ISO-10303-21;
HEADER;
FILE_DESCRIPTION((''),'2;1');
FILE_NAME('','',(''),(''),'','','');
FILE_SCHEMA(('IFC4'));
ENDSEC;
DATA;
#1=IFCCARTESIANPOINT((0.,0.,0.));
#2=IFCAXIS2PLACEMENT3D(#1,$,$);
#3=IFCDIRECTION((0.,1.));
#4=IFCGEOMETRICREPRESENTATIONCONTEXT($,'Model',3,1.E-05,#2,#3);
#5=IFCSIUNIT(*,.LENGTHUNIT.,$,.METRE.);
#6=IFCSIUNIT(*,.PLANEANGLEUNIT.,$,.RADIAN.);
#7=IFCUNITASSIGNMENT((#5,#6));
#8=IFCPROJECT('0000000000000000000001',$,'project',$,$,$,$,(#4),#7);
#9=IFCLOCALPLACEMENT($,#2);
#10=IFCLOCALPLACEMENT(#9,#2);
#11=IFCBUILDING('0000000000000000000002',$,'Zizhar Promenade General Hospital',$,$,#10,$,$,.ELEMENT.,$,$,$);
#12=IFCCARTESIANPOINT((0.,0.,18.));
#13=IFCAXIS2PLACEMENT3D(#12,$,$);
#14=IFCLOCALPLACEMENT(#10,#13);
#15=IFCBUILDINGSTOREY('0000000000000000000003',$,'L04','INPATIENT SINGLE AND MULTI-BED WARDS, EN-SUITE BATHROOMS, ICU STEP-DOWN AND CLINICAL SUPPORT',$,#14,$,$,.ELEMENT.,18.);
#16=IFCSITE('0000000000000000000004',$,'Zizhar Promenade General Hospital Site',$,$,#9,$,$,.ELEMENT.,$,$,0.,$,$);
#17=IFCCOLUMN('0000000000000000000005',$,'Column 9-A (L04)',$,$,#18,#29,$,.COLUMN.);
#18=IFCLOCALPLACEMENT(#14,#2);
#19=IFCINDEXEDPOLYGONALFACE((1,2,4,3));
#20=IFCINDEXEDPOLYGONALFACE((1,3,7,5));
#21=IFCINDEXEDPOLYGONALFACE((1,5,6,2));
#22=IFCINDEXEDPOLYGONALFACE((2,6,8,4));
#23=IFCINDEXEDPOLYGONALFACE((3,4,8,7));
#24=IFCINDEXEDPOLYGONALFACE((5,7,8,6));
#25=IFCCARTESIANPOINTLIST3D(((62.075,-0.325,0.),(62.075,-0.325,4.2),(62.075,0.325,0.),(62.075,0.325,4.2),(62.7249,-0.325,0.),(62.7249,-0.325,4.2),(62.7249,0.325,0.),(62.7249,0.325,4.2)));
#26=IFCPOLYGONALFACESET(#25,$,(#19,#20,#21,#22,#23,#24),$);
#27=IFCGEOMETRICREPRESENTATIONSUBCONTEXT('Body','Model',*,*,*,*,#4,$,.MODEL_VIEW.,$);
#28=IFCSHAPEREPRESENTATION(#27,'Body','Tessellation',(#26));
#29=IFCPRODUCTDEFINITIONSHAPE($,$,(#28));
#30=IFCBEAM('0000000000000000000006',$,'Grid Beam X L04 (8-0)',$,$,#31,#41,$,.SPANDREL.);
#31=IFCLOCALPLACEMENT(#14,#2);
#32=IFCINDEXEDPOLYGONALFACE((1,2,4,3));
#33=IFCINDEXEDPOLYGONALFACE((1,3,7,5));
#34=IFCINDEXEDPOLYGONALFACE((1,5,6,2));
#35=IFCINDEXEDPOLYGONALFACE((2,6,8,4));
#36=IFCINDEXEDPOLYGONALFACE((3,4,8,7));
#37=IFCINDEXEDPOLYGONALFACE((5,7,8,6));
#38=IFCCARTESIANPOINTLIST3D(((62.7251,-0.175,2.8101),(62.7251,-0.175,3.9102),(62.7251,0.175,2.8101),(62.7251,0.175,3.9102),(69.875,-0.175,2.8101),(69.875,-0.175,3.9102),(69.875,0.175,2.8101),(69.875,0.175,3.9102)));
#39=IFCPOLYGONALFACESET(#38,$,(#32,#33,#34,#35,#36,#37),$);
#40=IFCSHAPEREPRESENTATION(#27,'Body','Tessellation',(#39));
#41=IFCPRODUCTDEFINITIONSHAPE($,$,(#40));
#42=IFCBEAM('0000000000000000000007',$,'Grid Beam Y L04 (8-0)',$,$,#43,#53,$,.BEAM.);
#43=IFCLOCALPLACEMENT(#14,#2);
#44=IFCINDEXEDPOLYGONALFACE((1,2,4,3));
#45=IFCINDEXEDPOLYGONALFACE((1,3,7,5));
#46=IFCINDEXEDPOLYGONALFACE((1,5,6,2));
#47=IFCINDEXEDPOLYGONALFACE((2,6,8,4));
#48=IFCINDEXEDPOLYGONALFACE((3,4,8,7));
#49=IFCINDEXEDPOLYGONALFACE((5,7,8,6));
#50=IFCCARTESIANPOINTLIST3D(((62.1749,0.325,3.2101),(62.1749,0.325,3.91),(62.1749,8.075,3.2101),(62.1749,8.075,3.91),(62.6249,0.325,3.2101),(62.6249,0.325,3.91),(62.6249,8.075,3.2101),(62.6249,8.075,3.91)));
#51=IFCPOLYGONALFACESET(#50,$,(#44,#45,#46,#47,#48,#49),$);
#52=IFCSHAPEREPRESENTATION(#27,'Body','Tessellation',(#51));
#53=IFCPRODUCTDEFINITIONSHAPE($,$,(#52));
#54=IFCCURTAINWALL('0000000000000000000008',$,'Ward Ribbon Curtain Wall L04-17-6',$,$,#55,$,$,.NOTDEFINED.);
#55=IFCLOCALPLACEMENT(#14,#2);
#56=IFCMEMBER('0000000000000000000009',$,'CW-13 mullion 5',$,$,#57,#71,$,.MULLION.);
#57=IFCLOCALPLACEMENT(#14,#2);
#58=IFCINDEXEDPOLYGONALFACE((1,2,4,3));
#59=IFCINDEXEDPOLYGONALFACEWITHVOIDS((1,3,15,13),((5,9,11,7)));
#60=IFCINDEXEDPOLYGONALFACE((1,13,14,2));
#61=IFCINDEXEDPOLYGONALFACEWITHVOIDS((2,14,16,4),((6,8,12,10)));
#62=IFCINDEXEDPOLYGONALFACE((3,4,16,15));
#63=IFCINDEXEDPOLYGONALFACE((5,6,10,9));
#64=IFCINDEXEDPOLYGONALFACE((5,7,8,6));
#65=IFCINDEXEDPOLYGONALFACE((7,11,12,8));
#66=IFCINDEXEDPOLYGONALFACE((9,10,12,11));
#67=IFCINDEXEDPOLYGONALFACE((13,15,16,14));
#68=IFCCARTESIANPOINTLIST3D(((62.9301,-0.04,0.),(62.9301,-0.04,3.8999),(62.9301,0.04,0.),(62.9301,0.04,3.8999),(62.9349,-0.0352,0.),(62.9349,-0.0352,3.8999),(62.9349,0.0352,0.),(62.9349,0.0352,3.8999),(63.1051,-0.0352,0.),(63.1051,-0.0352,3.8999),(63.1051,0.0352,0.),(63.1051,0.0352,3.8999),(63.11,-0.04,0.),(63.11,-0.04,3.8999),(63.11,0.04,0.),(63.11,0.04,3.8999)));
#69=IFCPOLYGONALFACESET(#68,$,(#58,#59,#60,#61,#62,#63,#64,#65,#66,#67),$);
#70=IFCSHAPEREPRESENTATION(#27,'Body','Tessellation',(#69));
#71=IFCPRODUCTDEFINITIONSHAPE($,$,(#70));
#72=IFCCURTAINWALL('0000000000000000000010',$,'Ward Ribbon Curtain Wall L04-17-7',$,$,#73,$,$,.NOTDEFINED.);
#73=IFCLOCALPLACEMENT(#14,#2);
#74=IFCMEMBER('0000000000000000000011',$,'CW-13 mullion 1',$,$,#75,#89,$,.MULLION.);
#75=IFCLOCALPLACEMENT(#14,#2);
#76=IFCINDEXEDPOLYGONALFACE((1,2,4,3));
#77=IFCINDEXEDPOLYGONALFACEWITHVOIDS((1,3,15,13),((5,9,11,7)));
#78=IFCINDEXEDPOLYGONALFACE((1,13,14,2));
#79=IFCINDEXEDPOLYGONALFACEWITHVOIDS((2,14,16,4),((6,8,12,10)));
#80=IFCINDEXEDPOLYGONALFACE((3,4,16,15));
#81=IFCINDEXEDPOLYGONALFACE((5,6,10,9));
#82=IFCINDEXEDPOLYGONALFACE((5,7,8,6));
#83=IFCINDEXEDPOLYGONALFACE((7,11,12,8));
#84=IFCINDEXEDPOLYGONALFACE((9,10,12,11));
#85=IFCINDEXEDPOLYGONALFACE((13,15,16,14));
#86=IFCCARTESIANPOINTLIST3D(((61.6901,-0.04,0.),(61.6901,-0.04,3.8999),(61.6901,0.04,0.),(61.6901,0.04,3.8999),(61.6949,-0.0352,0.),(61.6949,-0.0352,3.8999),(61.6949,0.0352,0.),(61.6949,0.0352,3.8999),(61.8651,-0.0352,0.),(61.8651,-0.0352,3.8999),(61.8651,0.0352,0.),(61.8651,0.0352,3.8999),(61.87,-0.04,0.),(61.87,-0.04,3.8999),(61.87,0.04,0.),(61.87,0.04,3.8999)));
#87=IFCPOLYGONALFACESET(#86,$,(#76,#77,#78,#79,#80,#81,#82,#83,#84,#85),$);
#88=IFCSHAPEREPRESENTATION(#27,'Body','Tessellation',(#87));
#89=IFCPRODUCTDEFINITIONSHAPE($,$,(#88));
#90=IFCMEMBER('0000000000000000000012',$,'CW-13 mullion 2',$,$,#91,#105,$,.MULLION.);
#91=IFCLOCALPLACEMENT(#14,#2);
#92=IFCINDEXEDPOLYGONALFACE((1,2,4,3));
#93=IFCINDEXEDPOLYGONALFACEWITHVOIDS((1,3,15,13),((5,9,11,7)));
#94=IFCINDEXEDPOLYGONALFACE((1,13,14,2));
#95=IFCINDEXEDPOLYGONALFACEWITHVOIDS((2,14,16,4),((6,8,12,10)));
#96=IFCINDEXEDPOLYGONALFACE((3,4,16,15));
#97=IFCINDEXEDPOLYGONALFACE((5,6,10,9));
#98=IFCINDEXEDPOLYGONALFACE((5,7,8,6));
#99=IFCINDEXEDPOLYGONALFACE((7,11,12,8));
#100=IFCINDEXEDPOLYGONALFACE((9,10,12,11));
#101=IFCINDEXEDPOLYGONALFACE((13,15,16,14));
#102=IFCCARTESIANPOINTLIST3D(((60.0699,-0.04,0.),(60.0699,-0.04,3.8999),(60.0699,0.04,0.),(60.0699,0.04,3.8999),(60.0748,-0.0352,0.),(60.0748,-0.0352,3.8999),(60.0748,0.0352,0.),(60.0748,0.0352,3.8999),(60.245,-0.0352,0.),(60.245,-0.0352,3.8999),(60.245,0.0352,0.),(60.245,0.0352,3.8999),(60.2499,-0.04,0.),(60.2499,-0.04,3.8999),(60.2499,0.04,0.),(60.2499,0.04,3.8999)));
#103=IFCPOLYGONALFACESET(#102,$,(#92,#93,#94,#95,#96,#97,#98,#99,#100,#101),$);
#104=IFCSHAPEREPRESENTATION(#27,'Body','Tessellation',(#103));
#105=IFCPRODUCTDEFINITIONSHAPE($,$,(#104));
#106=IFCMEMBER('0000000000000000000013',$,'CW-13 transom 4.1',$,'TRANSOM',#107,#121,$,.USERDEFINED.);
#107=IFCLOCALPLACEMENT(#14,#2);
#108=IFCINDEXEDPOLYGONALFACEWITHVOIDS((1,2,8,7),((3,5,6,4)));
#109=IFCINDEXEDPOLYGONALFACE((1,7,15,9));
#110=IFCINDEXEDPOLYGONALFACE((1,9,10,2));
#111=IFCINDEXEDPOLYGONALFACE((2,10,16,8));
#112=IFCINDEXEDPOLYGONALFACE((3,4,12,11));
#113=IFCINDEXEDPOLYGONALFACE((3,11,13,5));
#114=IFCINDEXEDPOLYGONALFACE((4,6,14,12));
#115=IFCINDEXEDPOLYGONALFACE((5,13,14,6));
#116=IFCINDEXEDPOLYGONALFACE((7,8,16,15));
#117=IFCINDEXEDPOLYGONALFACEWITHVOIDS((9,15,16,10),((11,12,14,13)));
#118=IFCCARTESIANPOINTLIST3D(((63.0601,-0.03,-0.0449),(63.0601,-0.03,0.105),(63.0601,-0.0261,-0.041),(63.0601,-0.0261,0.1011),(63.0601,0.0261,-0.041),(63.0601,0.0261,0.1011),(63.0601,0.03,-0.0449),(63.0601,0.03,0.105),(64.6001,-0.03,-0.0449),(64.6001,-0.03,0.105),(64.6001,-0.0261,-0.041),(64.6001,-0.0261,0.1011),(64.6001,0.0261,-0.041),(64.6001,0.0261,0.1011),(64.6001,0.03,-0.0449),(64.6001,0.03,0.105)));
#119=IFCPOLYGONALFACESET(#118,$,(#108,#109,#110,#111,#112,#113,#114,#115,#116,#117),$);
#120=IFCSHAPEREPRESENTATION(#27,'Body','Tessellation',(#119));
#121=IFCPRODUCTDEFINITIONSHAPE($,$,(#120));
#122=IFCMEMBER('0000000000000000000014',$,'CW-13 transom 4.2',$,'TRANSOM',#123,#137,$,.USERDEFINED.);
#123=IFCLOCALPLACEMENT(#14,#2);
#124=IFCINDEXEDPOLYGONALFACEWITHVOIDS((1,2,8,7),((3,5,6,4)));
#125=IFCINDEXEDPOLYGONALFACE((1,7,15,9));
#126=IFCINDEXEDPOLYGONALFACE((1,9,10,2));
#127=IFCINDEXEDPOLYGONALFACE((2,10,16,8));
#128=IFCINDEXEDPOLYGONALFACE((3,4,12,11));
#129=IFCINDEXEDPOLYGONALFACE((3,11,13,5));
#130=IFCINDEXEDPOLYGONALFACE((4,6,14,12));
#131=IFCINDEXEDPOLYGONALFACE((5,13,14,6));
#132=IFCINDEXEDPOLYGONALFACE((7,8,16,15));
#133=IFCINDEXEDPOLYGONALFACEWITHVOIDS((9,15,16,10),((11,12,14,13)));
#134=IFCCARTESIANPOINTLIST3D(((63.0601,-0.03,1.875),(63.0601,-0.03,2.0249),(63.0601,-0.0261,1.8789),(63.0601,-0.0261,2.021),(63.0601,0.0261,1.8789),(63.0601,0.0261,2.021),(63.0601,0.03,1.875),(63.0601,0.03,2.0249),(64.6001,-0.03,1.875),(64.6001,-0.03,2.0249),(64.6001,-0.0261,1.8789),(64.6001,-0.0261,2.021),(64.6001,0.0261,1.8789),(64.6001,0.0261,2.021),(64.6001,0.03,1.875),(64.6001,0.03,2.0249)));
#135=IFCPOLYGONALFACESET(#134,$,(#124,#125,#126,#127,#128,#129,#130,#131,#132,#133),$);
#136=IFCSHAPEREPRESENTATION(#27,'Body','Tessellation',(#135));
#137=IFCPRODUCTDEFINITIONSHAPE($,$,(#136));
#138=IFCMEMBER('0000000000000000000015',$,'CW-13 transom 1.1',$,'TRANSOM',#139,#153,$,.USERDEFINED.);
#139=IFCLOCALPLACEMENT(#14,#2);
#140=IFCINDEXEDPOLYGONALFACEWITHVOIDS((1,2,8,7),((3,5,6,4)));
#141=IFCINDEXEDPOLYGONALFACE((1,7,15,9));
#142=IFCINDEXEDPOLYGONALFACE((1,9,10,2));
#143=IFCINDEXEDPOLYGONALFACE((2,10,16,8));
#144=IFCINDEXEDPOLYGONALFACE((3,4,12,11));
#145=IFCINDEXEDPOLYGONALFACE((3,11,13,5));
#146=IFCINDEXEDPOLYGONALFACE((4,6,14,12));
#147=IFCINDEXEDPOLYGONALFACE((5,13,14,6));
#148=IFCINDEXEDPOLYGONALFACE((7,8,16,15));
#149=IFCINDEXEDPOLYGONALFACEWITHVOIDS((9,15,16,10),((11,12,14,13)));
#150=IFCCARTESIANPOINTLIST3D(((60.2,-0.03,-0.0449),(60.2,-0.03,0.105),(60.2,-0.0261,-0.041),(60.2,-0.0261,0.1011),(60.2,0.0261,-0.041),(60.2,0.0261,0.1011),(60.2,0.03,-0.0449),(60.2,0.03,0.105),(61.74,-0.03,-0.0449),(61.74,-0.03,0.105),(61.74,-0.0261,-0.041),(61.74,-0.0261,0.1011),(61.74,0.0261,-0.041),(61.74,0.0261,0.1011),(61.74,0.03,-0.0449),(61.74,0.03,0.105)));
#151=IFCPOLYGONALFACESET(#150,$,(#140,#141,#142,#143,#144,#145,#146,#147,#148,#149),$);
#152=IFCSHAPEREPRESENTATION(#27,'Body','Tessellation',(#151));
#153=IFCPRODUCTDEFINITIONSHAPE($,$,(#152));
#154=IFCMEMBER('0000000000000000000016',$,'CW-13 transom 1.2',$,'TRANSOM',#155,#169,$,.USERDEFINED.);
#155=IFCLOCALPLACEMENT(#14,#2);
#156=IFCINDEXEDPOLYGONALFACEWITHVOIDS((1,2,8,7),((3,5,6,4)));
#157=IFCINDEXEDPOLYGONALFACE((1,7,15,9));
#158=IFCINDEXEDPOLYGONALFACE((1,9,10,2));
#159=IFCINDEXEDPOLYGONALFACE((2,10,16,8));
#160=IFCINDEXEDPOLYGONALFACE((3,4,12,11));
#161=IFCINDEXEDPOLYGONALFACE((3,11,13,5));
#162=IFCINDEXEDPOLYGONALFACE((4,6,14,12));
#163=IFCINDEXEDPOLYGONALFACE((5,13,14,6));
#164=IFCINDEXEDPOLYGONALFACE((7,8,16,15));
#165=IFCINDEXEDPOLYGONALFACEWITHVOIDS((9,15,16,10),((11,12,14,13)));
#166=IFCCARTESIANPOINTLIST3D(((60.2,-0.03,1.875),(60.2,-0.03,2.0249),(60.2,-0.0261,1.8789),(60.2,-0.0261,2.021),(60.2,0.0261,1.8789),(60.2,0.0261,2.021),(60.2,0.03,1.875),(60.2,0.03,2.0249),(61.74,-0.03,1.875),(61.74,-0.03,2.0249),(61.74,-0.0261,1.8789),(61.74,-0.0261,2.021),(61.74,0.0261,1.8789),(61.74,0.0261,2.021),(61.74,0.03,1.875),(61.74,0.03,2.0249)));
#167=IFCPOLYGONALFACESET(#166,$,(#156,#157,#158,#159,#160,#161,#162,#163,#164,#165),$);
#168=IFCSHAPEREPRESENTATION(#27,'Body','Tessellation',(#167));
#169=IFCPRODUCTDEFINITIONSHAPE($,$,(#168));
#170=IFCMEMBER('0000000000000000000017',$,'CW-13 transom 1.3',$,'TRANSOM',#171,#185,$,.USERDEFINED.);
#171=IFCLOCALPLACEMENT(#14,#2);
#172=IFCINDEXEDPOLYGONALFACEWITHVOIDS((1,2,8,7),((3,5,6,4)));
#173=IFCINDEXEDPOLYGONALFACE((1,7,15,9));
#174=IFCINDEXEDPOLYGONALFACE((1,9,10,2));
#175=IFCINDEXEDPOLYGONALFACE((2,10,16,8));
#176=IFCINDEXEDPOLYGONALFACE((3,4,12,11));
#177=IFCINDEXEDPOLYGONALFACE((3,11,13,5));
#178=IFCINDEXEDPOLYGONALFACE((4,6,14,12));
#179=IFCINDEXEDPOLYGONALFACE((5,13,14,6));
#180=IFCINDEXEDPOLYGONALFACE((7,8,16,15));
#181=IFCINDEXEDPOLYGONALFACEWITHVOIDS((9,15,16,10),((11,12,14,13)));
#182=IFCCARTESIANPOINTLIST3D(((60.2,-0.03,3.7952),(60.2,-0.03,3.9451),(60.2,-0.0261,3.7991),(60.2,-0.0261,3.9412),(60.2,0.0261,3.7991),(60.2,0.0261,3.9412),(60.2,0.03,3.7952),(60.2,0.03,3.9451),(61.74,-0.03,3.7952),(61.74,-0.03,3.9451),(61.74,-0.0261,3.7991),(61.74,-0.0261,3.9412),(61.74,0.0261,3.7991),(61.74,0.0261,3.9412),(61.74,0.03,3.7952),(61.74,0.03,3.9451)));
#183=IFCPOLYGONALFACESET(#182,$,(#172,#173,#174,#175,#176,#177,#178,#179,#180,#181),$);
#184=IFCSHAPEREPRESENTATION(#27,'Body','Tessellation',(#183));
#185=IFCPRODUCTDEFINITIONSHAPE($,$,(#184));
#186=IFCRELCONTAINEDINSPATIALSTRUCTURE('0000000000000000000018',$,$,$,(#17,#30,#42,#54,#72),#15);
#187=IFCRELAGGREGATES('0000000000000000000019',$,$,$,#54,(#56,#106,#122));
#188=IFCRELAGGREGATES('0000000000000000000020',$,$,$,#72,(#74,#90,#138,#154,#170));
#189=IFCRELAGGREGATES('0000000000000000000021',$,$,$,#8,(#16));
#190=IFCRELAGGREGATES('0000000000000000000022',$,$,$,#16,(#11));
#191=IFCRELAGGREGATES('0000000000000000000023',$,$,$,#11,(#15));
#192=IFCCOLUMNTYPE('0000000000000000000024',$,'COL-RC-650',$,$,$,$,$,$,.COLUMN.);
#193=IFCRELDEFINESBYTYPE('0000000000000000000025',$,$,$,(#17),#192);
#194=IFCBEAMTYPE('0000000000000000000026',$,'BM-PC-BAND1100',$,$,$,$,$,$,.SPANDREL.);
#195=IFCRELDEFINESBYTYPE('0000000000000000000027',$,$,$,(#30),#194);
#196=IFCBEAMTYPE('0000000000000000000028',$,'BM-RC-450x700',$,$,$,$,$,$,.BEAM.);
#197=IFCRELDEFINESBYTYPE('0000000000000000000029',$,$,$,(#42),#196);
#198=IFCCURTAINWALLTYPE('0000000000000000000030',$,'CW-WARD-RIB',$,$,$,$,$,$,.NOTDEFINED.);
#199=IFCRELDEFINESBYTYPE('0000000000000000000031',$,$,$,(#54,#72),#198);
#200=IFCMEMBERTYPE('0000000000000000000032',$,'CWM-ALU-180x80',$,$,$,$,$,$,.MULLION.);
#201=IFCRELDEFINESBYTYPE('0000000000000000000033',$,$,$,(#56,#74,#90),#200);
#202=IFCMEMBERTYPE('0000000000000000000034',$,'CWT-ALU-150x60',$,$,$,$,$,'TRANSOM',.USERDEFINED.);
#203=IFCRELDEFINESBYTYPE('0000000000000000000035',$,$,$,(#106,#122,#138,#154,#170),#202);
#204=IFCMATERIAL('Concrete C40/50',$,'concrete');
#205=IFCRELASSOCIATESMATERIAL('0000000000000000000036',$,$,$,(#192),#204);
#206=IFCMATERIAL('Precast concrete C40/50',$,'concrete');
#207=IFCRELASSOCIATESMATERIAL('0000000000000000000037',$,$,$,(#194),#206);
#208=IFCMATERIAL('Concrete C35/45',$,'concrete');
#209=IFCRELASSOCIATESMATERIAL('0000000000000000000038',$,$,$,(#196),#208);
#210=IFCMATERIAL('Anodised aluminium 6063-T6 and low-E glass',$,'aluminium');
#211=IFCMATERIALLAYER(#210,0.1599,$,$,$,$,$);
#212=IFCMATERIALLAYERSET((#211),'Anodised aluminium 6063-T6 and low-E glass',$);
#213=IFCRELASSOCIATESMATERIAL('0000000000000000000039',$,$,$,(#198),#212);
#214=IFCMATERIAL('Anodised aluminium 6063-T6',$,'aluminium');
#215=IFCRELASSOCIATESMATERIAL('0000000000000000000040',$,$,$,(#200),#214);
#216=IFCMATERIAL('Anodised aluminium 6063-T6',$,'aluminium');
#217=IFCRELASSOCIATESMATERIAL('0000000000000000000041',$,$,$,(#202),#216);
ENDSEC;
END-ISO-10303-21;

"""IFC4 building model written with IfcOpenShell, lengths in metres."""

from ifc_helpers import new_model, si_unit, direction, frame, origin, origin_2d, place, context, subcontext, project, spatial, rectangle, hollow_rectangle, extrude, material, layer, layer_set, material_profile, profile_set, type_object, element, aggregate, save


model = new_model("IFC4")

# Units and contexts
model_context = context("Model", 3, precision=1e-05, world=origin(), true_north=direction((0.0, 1.0)))
body_context = subcontext(model_context, "Body", "Model", "MODEL_VIEW")
ifc_project = project(units=[si_unit("LENGTHUNIT", "METRE"), si_unit("PLANEANGLEUNIT", "RADIAN")], contexts=[model_context])

# Site, building, storey
site_placement = place(None, origin())
site = spatial("IfcSite", under=ifc_project, at=site_placement, Name="Zizhar Promenade General Hospital Site", CompositionType="ELEMENT", RefElevation=0.0)
building_placement = place(site_placement, origin())
building = spatial("IfcBuilding", under=site, at=building_placement, Name="Zizhar Promenade General Hospital", CompositionType="ELEMENT")
storey_placement = place(building_placement, frame((0.0, 0.0, 18.0)))
storey = spatial("IfcBuildingStorey", under=building, at=storey_placement, Name="L04", Description="INPATIENT SINGLE AND MULTI-BED WARDS, EN-SUITE BATHROOMS, ICU STEP-DOWN AND CLINICAL SUPPORT", CompositionType="ELEMENT", Elevation=18.0)

# Column
ifc_material_1 = material(Name="Concrete C40/50", Category="concrete")
ifc_material_profile_1 = material_profile(ifc_material_1, rectangle(XDim=0.6499, YDim=0.6499, at=origin_2d()))
ifc_profile_set_1 = profile_set([ifc_material_profile_1], Name="Concrete C40/50")
column_type = type_object("IfcColumnType", Name="COL-RC-650", PredefinedType="COLUMN", material=ifc_profile_set_1)
column_placement = place(storey_placement, frame((62.3999, 0.0, 0.0), z_axis=(0.0, 0.0, 1.0), x_axis=(1.0, 0.0, 0.0)))
element("IfcColumn", 1, at=column_placement, inside=storey, type_object=column_type, Name="Column 9-A (L04)", PredefinedType="COLUMN", context=body_context, shape_type="SweptSolid", body=[
    extrude(rectangle(XDim=0.6499, YDim=0.6499, at=origin_2d()), origin(), (0.0, 0.0, 1.0), 4.2),
])

# Beams
ifc_material_2 = material(Name="Precast concrete C40/50", Category="concrete")
ifc_material_profile_2 = material_profile(ifc_material_2, rectangle(XDim=0.3501, YDim=1.1001, at=origin_2d()))
ifc_profile_set_2 = profile_set([ifc_material_profile_2], Name="Precast concrete C40/50")
beam_type_1 = type_object("IfcBeamType", Name="BM-PC-BAND1100", PredefinedType="SPANDREL", material=ifc_profile_set_2)
beam_1_placement = place(storey_placement, frame((62.7251, 0.0, 3.3601), z_axis=(1.0, 0.0, 0.0), x_axis=(0.0, 1.0, 0.0)))
element("IfcBeam", 2, at=beam_1_placement, inside=storey, type_object=beam_type_1, Name="Grid Beam X L04 (8-0)", PredefinedType="SPANDREL", context=body_context, shape_type="SweptSolid", body=[
    extrude(rectangle(XDim=0.3501, YDim=1.1001, at=origin_2d()), origin(), (0.0, 0.0, 1.0), 7.1499),
])
ifc_material_3 = material(Name="Concrete C35/45", Category="concrete")
ifc_material_profile_3 = material_profile(ifc_material_3, rectangle(XDim=0.45, YDim=0.7, at=origin_2d()))
ifc_profile_set_3 = profile_set([ifc_material_profile_3], Name="Concrete C35/45")
beam_type_2 = type_object("IfcBeamType", Name="BM-RC-450x700", PredefinedType="BEAM", material=ifc_profile_set_3)
beam_2_placement = place(storey_placement, frame((62.3999, 0.325, 3.5601), z_axis=(0.0, 1.0, 0.0), x_axis=(-1.0, 0.0, 0.0)))
element("IfcBeam", 3, at=beam_2_placement, inside=storey, type_object=beam_type_2, Name="Grid Beam Y L04 (8-0)", PredefinedType="BEAM", context=body_context, shape_type="SweptSolid", body=[
    extrude(rectangle(XDim=0.45, YDim=0.7, at=origin_2d()), origin(), (0.0, 0.0, 1.0), 7.75),
])

# Curtain wall, member
ifc_material_4 = material(Name="Anodised aluminium 6063-T6 and low-E glass", Category="aluminium")
ifc_layer_1 = layer(ifc_material_4, 0.1599)
ifc_layer_set_1 = layer_set([ifc_layer_1], Name="Anodised aluminium 6063-T6 and low-E glass")
curtain_wall_type = type_object("IfcCurtainWallType", Name="CW-WARD-RIB", PredefinedType="NOTDEFINED", material=ifc_layer_set_1)
curtain_wall_1_placement = place(storey_placement, origin())
curtain_wall_1 = element("IfcCurtainWall", 4, at=curtain_wall_1_placement, inside=storey, type_object=curtain_wall_type, Name="Ward Ribbon Curtain Wall L04-17-6", PredefinedType="NOTDEFINED")
ifc_material_5 = material(Name="Anodised aluminium 6063-T6", Category="aluminium")
ifc_material_profile_4 = material_profile(ifc_material_5, hollow_rectangle(XDim=0.0801, YDim=0.1799, WallThickness=0.0049, at=origin_2d()))
ifc_profile_set_4 = profile_set([ifc_material_profile_4], Name="Anodised aluminium 6063-T6")
member_type_1 = type_object("IfcMemberType", Name="CWM-ALU-180x80", PredefinedType="MULLION", material=ifc_profile_set_4)
member_1_placement = place(storey_placement, frame((63.02, 0.0, 0.0), z_axis=(0.0, 0.0, 1.0), x_axis=(0.0, -1.0, 0.0)))
member_1 = element("IfcMember", 5, at=member_1_placement, type_object=member_type_1, Name="CW-13 mullion 5", PredefinedType="MULLION", context=body_context, shape_type="SweptSolid", body=[
    extrude(hollow_rectangle(XDim=0.0801, YDim=0.1799, WallThickness=0.0049, at=origin_2d()), origin(), (0.0, 0.0, 1.0), 3.8999),
])

# Curtain wall, members
curtain_wall_2_placement = place(storey_placement, origin())
curtain_wall_2 = element("IfcCurtainWall", 6, at=curtain_wall_2_placement, inside=storey, type_object=curtain_wall_type, Name="Ward Ribbon Curtain Wall L04-17-7", PredefinedType="NOTDEFINED")
member_2_placement = place(storey_placement, frame((61.78, 0.0, 0.0), z_axis=(0.0, 0.0, 1.0), x_axis=(0.0, -1.0, 0.0)))
member_2 = element("IfcMember", 7, at=member_2_placement, type_object=member_type_1, Name="CW-13 mullion 1", PredefinedType="MULLION", context=body_context, shape_type="SweptSolid", body=[
    extrude(hollow_rectangle(XDim=0.0801, YDim=0.1799, WallThickness=0.0049, at=origin_2d()), origin(), (0.0, 0.0, 1.0), 3.8999),
])
member_3_placement = place(storey_placement, frame((60.1599, 0.0, 0.0), z_axis=(0.0, 0.0, 1.0), x_axis=(0.0, -1.0, 0.0)))
member_3 = element("IfcMember", 8, at=member_3_placement, type_object=member_type_1, Name="CW-13 mullion 2", PredefinedType="MULLION", context=body_context, shape_type="SweptSolid", body=[
    extrude(hollow_rectangle(XDim=0.0801, YDim=0.1799, WallThickness=0.0049, at=origin_2d()), origin(), (0.0, 0.0, 1.0), 3.8999),
])

# Members
ifc_material_6 = material(Name="Anodised aluminium 6063-T6", Category="aluminium")
ifc_material_profile_5 = material_profile(ifc_material_6, hollow_rectangle(XDim=0.0601, YDim=0.1499, WallThickness=0.0039, at=origin_2d()))
ifc_profile_set_5 = profile_set([ifc_material_profile_5], Name="Anodised aluminium 6063-T6")
member_type_2 = type_object("IfcMemberType", Name="CWT-ALU-150x60", ElementType="TRANSOM", PredefinedType="USERDEFINED", material=ifc_profile_set_5)
member_4_placement = place(storey_placement, frame((64.6001, 0.0, 0.03), z_axis=(-1.0, 0.0, 0.0), x_axis=(0.0, -1.0, 0.0)))
member_4 = element("IfcMember", 9, at=member_4_placement, type_object=member_type_2, Name="CW-13 transom 4.1", ObjectType="TRANSOM", PredefinedType="USERDEFINED", context=body_context, shape_type="SweptSolid", body=[
    extrude(hollow_rectangle(XDim=0.0601, YDim=0.1499, WallThickness=0.0039, at=origin_2d()), origin(), (0.0, 0.0, 1.0), 1.54),
])
member_5_placement = place(storey_placement, frame((64.6001, 0.0, 1.95), z_axis=(-1.0, 0.0, 0.0), x_axis=(0.0, -1.0, 0.0)))
member_5 = element("IfcMember", 10, at=member_5_placement, type_object=member_type_2, Name="CW-13 transom 4.2", ObjectType="TRANSOM", PredefinedType="USERDEFINED", context=body_context, shape_type="SweptSolid", body=[
    extrude(hollow_rectangle(XDim=0.0601, YDim=0.1499, WallThickness=0.0039, at=origin_2d()), origin(), (0.0, 0.0, 1.0), 1.54),
])
member_6_placement = place(storey_placement, frame((61.74, 0.0, 0.03), z_axis=(-1.0, 0.0, 0.0), x_axis=(0.0, -1.0, 0.0)))
member_6 = element("IfcMember", 11, at=member_6_placement, type_object=member_type_2, Name="CW-13 transom 1.1", ObjectType="TRANSOM", PredefinedType="USERDEFINED", context=body_context, shape_type="SweptSolid", body=[
    extrude(hollow_rectangle(XDim=0.0601, YDim=0.1499, WallThickness=0.0039, at=origin_2d()), origin(), (0.0, 0.0, 1.0), 1.54),
])
member_7_placement = place(storey_placement, frame((61.74, 0.0, 1.95), z_axis=(-1.0, 0.0, 0.0), x_axis=(0.0, -1.0, 0.0)))
member_7 = element("IfcMember", 12, at=member_7_placement, type_object=member_type_2, Name="CW-13 transom 1.2", ObjectType="TRANSOM", PredefinedType="USERDEFINED", context=body_context, shape_type="SweptSolid", body=[
    extrude(hollow_rectangle(XDim=0.0601, YDim=0.1499, WallThickness=0.0039, at=origin_2d()), origin(), (0.0, 0.0, 1.0), 1.54),
])
member_8_placement = place(storey_placement, frame((61.74, 0.0, 3.8701), z_axis=(-1.0, 0.0, 0.0), x_axis=(0.0, -1.0, 0.0)))
member_8 = element("IfcMember", 13, at=member_8_placement, type_object=member_type_2, Name="CW-13 transom 1.3", ObjectType="TRANSOM", PredefinedType="USERDEFINED", context=body_context, shape_type="SweptSolid", body=[
    extrude(hollow_rectangle(XDim=0.0601, YDim=0.1499, WallThickness=0.0039, at=origin_2d()), origin(), (0.0, 0.0, 1.0), 1.54),
])

aggregate(curtain_wall_1, [member_1, member_4, member_5])
aggregate(curtain_wall_2, [member_2, member_3, member_6, member_7, member_8])

save(model, "model.ifc")
